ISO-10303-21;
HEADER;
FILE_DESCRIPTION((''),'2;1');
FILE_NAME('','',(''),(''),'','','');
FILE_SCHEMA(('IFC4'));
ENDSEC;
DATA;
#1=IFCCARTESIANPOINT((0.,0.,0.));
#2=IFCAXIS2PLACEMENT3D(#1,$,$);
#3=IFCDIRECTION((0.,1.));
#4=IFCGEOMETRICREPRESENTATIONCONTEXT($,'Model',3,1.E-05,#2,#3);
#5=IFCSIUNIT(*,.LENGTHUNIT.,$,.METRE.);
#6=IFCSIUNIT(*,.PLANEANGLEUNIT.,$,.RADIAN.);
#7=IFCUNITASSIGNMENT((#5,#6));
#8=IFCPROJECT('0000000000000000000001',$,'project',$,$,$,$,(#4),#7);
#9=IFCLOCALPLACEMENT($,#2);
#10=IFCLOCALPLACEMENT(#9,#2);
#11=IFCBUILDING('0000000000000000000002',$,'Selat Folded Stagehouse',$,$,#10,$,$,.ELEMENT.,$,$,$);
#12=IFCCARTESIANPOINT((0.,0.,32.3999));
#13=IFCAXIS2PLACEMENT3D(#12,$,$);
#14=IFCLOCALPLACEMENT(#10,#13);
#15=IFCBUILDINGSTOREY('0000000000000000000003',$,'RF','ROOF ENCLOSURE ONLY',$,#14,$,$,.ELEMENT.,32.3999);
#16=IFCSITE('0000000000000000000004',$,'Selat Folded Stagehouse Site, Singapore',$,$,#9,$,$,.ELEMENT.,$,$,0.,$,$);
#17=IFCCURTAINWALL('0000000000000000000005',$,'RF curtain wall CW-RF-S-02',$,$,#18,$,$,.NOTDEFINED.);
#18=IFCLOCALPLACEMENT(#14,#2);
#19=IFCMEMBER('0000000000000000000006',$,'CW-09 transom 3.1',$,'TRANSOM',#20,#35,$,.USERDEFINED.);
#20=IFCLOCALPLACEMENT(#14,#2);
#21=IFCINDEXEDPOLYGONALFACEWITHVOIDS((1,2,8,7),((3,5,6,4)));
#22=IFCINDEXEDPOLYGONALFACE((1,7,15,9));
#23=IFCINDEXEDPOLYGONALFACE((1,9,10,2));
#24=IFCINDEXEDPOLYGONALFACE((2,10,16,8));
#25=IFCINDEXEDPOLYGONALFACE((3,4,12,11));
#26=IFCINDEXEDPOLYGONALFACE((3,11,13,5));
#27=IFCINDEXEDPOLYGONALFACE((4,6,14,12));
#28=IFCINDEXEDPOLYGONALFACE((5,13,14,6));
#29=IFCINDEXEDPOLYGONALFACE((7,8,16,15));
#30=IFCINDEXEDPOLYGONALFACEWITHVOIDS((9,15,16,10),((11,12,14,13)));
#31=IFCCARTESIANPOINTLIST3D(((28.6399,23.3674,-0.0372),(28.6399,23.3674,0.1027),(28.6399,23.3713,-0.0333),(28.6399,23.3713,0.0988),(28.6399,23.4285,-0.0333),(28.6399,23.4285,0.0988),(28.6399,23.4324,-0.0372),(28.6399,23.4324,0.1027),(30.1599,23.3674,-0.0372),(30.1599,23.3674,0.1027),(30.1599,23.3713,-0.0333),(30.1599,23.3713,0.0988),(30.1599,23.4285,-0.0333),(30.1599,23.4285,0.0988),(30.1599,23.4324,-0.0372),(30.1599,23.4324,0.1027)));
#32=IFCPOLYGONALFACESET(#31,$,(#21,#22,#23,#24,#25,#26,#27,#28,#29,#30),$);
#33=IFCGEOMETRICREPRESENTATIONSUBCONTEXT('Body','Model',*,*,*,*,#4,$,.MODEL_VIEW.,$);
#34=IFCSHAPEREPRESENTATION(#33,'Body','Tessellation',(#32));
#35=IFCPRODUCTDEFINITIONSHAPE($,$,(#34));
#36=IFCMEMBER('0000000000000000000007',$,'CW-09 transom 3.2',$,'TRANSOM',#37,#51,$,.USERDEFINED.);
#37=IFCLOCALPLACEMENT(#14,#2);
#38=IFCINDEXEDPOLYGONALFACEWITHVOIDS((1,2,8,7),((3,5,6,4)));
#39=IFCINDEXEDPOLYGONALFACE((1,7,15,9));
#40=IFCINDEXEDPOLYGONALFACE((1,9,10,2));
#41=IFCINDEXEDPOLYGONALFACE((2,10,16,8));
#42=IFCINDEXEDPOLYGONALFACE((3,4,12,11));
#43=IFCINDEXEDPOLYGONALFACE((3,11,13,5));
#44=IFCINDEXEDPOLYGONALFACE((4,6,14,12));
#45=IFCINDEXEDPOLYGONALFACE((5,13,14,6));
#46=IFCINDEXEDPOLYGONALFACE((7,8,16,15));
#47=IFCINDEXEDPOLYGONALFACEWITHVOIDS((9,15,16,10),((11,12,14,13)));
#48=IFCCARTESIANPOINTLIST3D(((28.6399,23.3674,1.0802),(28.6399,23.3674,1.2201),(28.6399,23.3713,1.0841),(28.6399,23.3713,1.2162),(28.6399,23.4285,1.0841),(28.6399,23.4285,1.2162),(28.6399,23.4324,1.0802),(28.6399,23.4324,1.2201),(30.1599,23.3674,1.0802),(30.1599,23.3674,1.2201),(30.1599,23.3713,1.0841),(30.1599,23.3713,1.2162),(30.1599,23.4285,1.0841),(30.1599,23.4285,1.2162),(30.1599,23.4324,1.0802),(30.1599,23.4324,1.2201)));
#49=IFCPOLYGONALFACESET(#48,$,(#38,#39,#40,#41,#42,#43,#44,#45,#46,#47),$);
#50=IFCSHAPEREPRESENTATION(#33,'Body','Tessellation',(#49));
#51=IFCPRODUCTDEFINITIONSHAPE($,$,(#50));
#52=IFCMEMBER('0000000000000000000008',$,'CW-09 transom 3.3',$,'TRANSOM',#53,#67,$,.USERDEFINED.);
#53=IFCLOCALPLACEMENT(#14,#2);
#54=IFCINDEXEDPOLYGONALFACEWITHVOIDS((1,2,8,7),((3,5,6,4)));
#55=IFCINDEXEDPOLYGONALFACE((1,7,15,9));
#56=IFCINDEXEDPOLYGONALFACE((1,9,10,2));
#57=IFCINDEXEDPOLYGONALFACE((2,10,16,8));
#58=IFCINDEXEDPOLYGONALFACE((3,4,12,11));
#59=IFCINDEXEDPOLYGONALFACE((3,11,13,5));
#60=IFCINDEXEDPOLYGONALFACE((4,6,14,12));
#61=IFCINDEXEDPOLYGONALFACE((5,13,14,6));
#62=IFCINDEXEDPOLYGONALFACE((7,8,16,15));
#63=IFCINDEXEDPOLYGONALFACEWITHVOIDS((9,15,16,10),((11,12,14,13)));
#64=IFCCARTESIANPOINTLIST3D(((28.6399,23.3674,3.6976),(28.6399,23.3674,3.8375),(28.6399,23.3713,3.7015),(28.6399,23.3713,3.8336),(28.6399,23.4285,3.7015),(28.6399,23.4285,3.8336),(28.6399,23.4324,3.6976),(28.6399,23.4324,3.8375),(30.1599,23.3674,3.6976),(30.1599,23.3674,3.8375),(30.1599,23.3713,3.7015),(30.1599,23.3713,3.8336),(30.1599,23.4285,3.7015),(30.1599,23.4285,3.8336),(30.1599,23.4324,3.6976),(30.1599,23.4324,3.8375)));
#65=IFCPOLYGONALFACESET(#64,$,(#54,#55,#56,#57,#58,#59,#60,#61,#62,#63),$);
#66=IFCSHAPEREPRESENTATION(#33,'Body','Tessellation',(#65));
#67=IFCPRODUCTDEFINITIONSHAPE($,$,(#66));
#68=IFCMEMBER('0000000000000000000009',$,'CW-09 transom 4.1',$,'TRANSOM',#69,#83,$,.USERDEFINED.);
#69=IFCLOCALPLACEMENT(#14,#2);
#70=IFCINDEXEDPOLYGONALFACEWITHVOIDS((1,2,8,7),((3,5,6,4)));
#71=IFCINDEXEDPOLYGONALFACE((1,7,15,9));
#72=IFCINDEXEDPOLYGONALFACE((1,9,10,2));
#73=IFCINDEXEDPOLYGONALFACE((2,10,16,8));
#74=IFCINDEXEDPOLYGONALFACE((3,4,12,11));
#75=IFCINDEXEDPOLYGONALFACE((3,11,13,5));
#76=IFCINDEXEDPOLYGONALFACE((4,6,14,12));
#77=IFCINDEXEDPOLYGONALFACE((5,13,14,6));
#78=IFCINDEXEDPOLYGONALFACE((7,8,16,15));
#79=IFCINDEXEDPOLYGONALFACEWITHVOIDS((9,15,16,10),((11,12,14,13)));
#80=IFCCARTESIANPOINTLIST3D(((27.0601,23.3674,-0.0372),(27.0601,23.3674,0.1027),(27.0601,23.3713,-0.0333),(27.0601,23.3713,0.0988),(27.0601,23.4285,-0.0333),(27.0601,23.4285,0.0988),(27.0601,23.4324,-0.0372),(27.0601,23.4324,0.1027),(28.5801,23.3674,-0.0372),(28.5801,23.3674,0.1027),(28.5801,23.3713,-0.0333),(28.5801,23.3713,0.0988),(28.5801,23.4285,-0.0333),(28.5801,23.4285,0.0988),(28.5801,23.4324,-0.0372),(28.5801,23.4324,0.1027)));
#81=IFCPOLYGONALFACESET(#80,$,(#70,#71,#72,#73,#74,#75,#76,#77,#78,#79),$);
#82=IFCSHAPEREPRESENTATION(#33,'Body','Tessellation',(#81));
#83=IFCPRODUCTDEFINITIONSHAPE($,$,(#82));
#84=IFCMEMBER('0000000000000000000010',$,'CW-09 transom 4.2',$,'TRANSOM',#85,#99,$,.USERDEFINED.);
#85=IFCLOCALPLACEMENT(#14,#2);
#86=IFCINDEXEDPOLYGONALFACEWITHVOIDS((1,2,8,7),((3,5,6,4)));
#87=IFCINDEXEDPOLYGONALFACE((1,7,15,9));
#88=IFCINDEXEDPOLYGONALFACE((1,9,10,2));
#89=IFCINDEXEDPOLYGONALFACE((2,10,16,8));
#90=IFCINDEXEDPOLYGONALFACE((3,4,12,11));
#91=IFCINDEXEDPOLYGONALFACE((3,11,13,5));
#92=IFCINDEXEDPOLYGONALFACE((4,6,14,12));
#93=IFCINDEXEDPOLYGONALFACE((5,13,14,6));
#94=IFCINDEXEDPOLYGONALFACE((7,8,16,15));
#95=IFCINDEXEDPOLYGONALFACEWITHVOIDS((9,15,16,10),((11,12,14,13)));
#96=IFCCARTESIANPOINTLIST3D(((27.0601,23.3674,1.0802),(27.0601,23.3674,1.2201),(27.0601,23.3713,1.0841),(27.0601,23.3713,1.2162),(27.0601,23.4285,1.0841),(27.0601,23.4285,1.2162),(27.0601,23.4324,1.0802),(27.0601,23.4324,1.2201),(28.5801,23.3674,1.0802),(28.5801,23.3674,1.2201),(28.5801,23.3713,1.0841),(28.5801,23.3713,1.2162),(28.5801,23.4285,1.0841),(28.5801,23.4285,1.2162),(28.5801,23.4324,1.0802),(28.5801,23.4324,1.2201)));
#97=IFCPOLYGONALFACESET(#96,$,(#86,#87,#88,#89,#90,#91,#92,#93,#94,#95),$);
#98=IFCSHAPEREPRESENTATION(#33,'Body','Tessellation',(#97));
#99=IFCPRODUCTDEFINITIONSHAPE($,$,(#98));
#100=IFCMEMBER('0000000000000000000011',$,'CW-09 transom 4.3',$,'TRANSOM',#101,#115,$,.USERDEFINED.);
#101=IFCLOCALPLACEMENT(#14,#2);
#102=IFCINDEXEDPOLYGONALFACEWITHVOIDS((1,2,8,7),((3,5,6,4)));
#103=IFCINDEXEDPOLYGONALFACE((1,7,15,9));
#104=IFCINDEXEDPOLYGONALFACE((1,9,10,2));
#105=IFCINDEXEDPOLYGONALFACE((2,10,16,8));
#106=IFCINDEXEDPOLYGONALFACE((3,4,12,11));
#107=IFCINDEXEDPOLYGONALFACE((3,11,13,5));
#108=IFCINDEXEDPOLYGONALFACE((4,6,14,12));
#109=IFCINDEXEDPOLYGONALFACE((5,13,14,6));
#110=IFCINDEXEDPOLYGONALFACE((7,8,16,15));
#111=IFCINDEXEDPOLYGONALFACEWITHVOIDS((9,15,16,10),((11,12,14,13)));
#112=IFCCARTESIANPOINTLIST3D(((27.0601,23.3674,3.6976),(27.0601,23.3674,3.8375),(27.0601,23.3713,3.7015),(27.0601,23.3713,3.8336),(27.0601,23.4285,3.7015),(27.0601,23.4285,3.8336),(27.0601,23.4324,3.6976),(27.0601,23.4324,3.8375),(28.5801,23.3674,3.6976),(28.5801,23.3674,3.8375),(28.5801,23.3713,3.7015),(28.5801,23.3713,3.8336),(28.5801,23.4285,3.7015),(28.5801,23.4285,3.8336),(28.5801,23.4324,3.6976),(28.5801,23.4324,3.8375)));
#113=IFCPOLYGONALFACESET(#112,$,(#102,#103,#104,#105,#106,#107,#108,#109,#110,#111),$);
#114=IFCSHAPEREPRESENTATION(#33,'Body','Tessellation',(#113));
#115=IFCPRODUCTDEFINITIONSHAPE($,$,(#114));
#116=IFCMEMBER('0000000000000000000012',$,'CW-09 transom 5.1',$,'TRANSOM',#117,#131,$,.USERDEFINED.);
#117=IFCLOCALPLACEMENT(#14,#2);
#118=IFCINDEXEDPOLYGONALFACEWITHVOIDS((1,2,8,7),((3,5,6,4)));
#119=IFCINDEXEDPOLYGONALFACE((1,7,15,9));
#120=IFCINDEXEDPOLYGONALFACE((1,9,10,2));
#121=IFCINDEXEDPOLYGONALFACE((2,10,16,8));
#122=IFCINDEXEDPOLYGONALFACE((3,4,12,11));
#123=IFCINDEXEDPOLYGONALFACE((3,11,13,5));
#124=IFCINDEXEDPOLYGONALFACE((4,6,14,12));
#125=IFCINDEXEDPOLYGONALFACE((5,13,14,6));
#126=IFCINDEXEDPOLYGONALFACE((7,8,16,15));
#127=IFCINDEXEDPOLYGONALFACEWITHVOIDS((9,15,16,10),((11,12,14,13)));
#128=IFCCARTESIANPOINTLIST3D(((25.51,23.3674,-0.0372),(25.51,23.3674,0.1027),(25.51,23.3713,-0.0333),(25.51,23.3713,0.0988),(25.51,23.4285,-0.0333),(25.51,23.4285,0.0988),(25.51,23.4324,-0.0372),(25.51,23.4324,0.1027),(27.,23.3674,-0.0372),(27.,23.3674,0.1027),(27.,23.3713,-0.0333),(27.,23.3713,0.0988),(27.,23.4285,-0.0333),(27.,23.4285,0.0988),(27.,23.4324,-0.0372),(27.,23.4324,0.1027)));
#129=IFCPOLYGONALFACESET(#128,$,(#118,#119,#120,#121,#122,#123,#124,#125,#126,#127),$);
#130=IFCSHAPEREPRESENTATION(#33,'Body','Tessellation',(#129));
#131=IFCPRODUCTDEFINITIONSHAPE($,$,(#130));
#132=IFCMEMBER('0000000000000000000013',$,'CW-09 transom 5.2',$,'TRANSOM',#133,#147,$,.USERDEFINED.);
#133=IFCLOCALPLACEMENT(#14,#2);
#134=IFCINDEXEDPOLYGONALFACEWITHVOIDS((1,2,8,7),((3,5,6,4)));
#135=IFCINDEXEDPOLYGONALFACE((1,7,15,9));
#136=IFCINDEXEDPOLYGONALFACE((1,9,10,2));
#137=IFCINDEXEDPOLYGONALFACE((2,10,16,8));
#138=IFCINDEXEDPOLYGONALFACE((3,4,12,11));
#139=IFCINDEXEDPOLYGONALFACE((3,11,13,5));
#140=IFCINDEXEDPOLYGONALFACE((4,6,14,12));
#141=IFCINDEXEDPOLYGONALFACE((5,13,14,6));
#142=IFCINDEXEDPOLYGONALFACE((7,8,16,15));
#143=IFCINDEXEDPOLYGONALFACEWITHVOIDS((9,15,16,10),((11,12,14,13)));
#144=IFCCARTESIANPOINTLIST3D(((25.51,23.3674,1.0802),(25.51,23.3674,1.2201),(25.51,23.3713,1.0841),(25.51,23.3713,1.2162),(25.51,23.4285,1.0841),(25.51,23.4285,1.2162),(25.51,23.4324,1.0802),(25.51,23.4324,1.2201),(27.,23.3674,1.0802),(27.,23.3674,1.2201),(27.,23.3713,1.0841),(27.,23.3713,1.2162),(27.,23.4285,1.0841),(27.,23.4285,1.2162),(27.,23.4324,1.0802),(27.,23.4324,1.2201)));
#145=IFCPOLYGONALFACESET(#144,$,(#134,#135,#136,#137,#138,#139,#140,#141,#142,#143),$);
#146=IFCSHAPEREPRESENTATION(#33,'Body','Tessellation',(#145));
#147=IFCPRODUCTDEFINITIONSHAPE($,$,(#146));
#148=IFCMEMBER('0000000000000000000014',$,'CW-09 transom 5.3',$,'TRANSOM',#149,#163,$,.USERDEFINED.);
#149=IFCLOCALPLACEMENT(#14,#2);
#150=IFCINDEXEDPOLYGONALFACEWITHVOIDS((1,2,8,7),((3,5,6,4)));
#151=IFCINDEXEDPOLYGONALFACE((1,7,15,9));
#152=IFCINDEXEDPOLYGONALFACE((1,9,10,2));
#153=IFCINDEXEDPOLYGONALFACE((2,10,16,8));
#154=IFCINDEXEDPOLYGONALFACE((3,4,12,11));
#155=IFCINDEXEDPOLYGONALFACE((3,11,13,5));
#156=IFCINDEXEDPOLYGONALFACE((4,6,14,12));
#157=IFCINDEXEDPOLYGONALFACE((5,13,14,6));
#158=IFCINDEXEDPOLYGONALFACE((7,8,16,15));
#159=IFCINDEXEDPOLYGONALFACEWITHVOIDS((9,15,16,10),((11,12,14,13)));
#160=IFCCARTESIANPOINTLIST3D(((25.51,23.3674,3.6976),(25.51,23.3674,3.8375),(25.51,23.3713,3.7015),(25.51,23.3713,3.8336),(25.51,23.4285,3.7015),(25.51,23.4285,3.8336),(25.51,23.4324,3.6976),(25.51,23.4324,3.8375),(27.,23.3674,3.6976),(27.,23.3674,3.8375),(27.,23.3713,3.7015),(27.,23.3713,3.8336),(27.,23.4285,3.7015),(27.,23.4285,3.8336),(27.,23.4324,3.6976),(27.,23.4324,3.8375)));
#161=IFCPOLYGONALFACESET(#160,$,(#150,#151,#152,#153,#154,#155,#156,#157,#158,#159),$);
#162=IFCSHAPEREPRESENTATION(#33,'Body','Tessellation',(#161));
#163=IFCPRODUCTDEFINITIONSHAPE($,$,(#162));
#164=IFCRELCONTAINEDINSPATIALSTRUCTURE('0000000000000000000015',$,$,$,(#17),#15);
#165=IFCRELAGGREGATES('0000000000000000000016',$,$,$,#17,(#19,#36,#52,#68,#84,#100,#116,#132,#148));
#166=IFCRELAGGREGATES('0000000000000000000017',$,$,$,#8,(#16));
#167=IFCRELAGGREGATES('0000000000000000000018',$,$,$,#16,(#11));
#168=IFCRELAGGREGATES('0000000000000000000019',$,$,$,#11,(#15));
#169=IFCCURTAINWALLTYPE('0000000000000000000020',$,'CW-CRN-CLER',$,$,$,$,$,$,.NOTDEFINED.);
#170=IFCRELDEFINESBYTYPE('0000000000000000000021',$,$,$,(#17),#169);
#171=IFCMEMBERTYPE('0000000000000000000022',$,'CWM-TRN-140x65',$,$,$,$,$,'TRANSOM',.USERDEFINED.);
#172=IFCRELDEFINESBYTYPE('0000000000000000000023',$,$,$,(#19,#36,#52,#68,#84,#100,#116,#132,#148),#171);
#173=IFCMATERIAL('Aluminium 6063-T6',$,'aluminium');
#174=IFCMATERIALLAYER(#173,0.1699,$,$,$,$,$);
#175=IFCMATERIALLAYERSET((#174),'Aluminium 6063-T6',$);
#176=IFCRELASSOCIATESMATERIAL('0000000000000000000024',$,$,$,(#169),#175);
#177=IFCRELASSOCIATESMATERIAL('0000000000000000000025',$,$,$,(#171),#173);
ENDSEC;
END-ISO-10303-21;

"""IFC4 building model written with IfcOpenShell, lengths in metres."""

from ifc_helpers import new_model, si_unit, direction, frame, origin, origin_2d, place, context, subcontext, project, spatial, hollow_rectangle, extrude, material, layer, layer_set, material_profile, profile_set, type_object, element, aggregate, save


model = new_model("IFC4")

# Units and contexts
model_context = context("Model", 3, precision=1e-05, world=origin(), true_north=direction((0.0, 1.0)))
body_context = subcontext(model_context, "Body", "Model", "MODEL_VIEW")
ifc_project = project(units=[si_unit("LENGTHUNIT", "METRE"), si_unit("PLANEANGLEUNIT", "RADIAN")], contexts=[model_context])

# Site, building, storey
site_placement = place(None, origin())
site = spatial("IfcSite", under=ifc_project, at=site_placement, Name="Selat Folded Stagehouse Site, Singapore", CompositionType="ELEMENT", RefElevation=0.0)
building_placement = place(site_placement, origin())
building = spatial("IfcBuilding", under=site, at=building_placement, Name="Selat Folded Stagehouse", CompositionType="ELEMENT")
storey_placement = place(building_placement, frame((0.0, 0.0, 32.3999)))
storey = spatial("IfcBuildingStorey", under=building, at=storey_placement, Name="RF", Description="ROOF ENCLOSURE ONLY", CompositionType="ELEMENT", Elevation=32.3999)

# Curtain wall, members
ifc_material_1 = material(Name="Aluminium 6063-T6", Category="aluminium")
ifc_layer_1 = layer(ifc_material_1, 0.1699)
ifc_layer_set_1 = layer_set([ifc_layer_1], Name="Aluminium 6063-T6")
curtain_wall_type = type_object("IfcCurtainWallType", Name="CW-CRN-CLER", PredefinedType="NOTDEFINED", material=ifc_layer_set_1)
curtain_wall_placement = place(storey_placement, origin())
curtain_wall = element("IfcCurtainWall", 1, at=curtain_wall_placement, inside=storey, type_object=curtain_wall_type, Name="RF curtain wall CW-RF-S-02", PredefinedType="NOTDEFINED")
ifc_material_profile_1 = material_profile(ifc_material_1, hollow_rectangle(XDim=0.0649, YDim=0.1399, WallThickness=0.0039, at=origin_2d()), Name="ALU 140x65x4.0")
ifc_profile_set_1 = profile_set([ifc_material_profile_1], Name="Aluminium 6063-T6")
member_type_1 = type_object("IfcMemberType", Name="CWM-TRN-140x65", ElementType="TRANSOM", PredefinedType="USERDEFINED", material=ifc_profile_set_1)
member_1_placement = place(storey_placement, frame((30.1599, 23.3999, 0.0327), z_axis=(-1.0, 0.0, 0.0), x_axis=(0.0, -1.0, 0.0)))
member_1 = element("IfcMember", 2, at=member_1_placement, type_object=member_type_1, Name="CW-09 transom 3.1", ObjectType="TRANSOM", PredefinedType="USERDEFINED", context=body_context, shape_type="SweptSolid", body=[
    extrude(hollow_rectangle(XDim=0.0649, YDim=0.1399, WallThickness=0.0039, at=origin_2d()), origin(), (0.0, 0.0, 1.0), 1.52),
])
member_2_placement = place(storey_placement, frame((30.1599, 23.3999, 1.1501), z_axis=(-1.0, 0.0, 0.0), x_axis=(0.0, -1.0, 0.0)))
member_2 = element("IfcMember", 3, at=member_2_placement, type_object=member_type_1, Name="CW-09 transom 3.2", ObjectType="TRANSOM", PredefinedType="USERDEFINED", context=body_context, shape_type="SweptSolid", body=[
    extrude(hollow_rectangle(XDim=0.0649, YDim=0.1399, WallThickness=0.0039, at=origin_2d()), origin(), (0.0, 0.0, 1.0), 1.52),
])
member_3_placement = place(storey_placement, frame((30.1599, 23.3999, 3.7676), z_axis=(-1.0, 0.0, 0.0), x_axis=(0.0, -1.0, 0.0)))
member_3 = element("IfcMember", 4, at=member_3_placement, type_object=member_type_1, Name="CW-09 transom 3.3", ObjectType="TRANSOM", PredefinedType="USERDEFINED", context=body_context, shape_type="SweptSolid", body=[
    extrude(hollow_rectangle(XDim=0.0649, YDim=0.1399, WallThickness=0.0039, at=origin_2d()), origin(), (0.0, 0.0, 1.0), 1.52),
])
member_4_placement = place(storey_placement, frame((28.5801, 23.3999, 0.0327), z_axis=(-1.0, 0.0, 0.0), x_axis=(0.0, -1.0, 0.0)))
member_4 = element("IfcMember", 5, at=member_4_placement, type_object=member_type_1, Name="CW-09 transom 4.1", ObjectType="TRANSOM", PredefinedType="USERDEFINED", context=body_context, shape_type="SweptSolid", body=[
    extrude(hollow_rectangle(XDim=0.0649, YDim=0.1399, WallThickness=0.0039, at=origin_2d()), origin(), (0.0, 0.0, 1.0), 1.52),
])
member_5_placement = place(storey_placement, frame((28.5801, 23.3999, 1.1501), z_axis=(-1.0, 0.0, 0.0), x_axis=(0.0, -1.0, 0.0)))
member_5 = element("IfcMember", 6, at=member_5_placement, type_object=member_type_1, Name="CW-09 transom 4.2", ObjectType="TRANSOM", PredefinedType="USERDEFINED", context=body_context, shape_type="SweptSolid", body=[
    extrude(hollow_rectangle(XDim=0.0649, YDim=0.1399, WallThickness=0.0039, at=origin_2d()), origin(), (0.0, 0.0, 1.0), 1.52),
])
member_6_placement = place(storey_placement, frame((28.5801, 23.3999, 3.7676), z_axis=(-1.0, 0.0, 0.0), x_axis=(0.0, -1.0, 0.0)))
member_6 = element("IfcMember", 7, at=member_6_placement, type_object=member_type_1, Name="CW-09 transom 4.3", ObjectType="TRANSOM", PredefinedType="USERDEFINED", context=body_context, shape_type="SweptSolid", body=[
    extrude(hollow_rectangle(XDim=0.0649, YDim=0.1399, WallThickness=0.0039, at=origin_2d()), origin(), (0.0, 0.0, 1.0), 1.52),
])
member_7_placement = place(storey_placement, frame((27.0, 23.3999, 0.0327), z_axis=(-1.0, 0.0, 0.0), x_axis=(0.0, -1.0, 0.0)))
member_7 = element("IfcMember", 8, at=member_7_placement, type_object=member_type_1, Name="CW-09 transom 5.1", ObjectType="TRANSOM", PredefinedType="USERDEFINED", context=body_context, shape_type="SweptSolid", body=[
    extrude(hollow_rectangle(XDim=0.0649, YDim=0.1399, WallThickness=0.0039, at=origin_2d()), origin(), (0.0, 0.0, 1.0), 1.49),
])
member_8_placement = place(storey_placement, frame((27.0, 23.3999, 1.1501), z_axis=(-1.0, 0.0, 0.0), x_axis=(0.0, -1.0, 0.0)))
member_8 = element("IfcMember", 9, at=member_8_placement, type_object=member_type_1, Name="CW-09 transom 5.2", ObjectType="TRANSOM", PredefinedType="USERDEFINED", context=body_context, shape_type="SweptSolid", body=[
    extrude(hollow_rectangle(XDim=0.0649, YDim=0.1399, WallThickness=0.0039, at=origin_2d()), origin(), (0.0, 0.0, 1.0), 1.49),
])
member_9_placement = place(storey_placement, frame((27.0, 23.3999, 3.7676), z_axis=(-1.0, 0.0, 0.0), x_axis=(0.0, -1.0, 0.0)))
member_9 = element("IfcMember", 10, at=member_9_placement, type_object=member_type_1, Name="CW-09 transom 5.3", ObjectType="TRANSOM", PredefinedType="USERDEFINED", context=body_context, shape_type="SweptSolid", body=[
    extrude(hollow_rectangle(XDim=0.0649, YDim=0.1399, WallThickness=0.0039, at=origin_2d()), origin(), (0.0, 0.0, 1.0), 1.49),
])

aggregate(curtain_wall, [member_1, member_2, member_3, member_4, member_5, member_6, member_7, member_8, member_9])

save(model, "model.ifc")
